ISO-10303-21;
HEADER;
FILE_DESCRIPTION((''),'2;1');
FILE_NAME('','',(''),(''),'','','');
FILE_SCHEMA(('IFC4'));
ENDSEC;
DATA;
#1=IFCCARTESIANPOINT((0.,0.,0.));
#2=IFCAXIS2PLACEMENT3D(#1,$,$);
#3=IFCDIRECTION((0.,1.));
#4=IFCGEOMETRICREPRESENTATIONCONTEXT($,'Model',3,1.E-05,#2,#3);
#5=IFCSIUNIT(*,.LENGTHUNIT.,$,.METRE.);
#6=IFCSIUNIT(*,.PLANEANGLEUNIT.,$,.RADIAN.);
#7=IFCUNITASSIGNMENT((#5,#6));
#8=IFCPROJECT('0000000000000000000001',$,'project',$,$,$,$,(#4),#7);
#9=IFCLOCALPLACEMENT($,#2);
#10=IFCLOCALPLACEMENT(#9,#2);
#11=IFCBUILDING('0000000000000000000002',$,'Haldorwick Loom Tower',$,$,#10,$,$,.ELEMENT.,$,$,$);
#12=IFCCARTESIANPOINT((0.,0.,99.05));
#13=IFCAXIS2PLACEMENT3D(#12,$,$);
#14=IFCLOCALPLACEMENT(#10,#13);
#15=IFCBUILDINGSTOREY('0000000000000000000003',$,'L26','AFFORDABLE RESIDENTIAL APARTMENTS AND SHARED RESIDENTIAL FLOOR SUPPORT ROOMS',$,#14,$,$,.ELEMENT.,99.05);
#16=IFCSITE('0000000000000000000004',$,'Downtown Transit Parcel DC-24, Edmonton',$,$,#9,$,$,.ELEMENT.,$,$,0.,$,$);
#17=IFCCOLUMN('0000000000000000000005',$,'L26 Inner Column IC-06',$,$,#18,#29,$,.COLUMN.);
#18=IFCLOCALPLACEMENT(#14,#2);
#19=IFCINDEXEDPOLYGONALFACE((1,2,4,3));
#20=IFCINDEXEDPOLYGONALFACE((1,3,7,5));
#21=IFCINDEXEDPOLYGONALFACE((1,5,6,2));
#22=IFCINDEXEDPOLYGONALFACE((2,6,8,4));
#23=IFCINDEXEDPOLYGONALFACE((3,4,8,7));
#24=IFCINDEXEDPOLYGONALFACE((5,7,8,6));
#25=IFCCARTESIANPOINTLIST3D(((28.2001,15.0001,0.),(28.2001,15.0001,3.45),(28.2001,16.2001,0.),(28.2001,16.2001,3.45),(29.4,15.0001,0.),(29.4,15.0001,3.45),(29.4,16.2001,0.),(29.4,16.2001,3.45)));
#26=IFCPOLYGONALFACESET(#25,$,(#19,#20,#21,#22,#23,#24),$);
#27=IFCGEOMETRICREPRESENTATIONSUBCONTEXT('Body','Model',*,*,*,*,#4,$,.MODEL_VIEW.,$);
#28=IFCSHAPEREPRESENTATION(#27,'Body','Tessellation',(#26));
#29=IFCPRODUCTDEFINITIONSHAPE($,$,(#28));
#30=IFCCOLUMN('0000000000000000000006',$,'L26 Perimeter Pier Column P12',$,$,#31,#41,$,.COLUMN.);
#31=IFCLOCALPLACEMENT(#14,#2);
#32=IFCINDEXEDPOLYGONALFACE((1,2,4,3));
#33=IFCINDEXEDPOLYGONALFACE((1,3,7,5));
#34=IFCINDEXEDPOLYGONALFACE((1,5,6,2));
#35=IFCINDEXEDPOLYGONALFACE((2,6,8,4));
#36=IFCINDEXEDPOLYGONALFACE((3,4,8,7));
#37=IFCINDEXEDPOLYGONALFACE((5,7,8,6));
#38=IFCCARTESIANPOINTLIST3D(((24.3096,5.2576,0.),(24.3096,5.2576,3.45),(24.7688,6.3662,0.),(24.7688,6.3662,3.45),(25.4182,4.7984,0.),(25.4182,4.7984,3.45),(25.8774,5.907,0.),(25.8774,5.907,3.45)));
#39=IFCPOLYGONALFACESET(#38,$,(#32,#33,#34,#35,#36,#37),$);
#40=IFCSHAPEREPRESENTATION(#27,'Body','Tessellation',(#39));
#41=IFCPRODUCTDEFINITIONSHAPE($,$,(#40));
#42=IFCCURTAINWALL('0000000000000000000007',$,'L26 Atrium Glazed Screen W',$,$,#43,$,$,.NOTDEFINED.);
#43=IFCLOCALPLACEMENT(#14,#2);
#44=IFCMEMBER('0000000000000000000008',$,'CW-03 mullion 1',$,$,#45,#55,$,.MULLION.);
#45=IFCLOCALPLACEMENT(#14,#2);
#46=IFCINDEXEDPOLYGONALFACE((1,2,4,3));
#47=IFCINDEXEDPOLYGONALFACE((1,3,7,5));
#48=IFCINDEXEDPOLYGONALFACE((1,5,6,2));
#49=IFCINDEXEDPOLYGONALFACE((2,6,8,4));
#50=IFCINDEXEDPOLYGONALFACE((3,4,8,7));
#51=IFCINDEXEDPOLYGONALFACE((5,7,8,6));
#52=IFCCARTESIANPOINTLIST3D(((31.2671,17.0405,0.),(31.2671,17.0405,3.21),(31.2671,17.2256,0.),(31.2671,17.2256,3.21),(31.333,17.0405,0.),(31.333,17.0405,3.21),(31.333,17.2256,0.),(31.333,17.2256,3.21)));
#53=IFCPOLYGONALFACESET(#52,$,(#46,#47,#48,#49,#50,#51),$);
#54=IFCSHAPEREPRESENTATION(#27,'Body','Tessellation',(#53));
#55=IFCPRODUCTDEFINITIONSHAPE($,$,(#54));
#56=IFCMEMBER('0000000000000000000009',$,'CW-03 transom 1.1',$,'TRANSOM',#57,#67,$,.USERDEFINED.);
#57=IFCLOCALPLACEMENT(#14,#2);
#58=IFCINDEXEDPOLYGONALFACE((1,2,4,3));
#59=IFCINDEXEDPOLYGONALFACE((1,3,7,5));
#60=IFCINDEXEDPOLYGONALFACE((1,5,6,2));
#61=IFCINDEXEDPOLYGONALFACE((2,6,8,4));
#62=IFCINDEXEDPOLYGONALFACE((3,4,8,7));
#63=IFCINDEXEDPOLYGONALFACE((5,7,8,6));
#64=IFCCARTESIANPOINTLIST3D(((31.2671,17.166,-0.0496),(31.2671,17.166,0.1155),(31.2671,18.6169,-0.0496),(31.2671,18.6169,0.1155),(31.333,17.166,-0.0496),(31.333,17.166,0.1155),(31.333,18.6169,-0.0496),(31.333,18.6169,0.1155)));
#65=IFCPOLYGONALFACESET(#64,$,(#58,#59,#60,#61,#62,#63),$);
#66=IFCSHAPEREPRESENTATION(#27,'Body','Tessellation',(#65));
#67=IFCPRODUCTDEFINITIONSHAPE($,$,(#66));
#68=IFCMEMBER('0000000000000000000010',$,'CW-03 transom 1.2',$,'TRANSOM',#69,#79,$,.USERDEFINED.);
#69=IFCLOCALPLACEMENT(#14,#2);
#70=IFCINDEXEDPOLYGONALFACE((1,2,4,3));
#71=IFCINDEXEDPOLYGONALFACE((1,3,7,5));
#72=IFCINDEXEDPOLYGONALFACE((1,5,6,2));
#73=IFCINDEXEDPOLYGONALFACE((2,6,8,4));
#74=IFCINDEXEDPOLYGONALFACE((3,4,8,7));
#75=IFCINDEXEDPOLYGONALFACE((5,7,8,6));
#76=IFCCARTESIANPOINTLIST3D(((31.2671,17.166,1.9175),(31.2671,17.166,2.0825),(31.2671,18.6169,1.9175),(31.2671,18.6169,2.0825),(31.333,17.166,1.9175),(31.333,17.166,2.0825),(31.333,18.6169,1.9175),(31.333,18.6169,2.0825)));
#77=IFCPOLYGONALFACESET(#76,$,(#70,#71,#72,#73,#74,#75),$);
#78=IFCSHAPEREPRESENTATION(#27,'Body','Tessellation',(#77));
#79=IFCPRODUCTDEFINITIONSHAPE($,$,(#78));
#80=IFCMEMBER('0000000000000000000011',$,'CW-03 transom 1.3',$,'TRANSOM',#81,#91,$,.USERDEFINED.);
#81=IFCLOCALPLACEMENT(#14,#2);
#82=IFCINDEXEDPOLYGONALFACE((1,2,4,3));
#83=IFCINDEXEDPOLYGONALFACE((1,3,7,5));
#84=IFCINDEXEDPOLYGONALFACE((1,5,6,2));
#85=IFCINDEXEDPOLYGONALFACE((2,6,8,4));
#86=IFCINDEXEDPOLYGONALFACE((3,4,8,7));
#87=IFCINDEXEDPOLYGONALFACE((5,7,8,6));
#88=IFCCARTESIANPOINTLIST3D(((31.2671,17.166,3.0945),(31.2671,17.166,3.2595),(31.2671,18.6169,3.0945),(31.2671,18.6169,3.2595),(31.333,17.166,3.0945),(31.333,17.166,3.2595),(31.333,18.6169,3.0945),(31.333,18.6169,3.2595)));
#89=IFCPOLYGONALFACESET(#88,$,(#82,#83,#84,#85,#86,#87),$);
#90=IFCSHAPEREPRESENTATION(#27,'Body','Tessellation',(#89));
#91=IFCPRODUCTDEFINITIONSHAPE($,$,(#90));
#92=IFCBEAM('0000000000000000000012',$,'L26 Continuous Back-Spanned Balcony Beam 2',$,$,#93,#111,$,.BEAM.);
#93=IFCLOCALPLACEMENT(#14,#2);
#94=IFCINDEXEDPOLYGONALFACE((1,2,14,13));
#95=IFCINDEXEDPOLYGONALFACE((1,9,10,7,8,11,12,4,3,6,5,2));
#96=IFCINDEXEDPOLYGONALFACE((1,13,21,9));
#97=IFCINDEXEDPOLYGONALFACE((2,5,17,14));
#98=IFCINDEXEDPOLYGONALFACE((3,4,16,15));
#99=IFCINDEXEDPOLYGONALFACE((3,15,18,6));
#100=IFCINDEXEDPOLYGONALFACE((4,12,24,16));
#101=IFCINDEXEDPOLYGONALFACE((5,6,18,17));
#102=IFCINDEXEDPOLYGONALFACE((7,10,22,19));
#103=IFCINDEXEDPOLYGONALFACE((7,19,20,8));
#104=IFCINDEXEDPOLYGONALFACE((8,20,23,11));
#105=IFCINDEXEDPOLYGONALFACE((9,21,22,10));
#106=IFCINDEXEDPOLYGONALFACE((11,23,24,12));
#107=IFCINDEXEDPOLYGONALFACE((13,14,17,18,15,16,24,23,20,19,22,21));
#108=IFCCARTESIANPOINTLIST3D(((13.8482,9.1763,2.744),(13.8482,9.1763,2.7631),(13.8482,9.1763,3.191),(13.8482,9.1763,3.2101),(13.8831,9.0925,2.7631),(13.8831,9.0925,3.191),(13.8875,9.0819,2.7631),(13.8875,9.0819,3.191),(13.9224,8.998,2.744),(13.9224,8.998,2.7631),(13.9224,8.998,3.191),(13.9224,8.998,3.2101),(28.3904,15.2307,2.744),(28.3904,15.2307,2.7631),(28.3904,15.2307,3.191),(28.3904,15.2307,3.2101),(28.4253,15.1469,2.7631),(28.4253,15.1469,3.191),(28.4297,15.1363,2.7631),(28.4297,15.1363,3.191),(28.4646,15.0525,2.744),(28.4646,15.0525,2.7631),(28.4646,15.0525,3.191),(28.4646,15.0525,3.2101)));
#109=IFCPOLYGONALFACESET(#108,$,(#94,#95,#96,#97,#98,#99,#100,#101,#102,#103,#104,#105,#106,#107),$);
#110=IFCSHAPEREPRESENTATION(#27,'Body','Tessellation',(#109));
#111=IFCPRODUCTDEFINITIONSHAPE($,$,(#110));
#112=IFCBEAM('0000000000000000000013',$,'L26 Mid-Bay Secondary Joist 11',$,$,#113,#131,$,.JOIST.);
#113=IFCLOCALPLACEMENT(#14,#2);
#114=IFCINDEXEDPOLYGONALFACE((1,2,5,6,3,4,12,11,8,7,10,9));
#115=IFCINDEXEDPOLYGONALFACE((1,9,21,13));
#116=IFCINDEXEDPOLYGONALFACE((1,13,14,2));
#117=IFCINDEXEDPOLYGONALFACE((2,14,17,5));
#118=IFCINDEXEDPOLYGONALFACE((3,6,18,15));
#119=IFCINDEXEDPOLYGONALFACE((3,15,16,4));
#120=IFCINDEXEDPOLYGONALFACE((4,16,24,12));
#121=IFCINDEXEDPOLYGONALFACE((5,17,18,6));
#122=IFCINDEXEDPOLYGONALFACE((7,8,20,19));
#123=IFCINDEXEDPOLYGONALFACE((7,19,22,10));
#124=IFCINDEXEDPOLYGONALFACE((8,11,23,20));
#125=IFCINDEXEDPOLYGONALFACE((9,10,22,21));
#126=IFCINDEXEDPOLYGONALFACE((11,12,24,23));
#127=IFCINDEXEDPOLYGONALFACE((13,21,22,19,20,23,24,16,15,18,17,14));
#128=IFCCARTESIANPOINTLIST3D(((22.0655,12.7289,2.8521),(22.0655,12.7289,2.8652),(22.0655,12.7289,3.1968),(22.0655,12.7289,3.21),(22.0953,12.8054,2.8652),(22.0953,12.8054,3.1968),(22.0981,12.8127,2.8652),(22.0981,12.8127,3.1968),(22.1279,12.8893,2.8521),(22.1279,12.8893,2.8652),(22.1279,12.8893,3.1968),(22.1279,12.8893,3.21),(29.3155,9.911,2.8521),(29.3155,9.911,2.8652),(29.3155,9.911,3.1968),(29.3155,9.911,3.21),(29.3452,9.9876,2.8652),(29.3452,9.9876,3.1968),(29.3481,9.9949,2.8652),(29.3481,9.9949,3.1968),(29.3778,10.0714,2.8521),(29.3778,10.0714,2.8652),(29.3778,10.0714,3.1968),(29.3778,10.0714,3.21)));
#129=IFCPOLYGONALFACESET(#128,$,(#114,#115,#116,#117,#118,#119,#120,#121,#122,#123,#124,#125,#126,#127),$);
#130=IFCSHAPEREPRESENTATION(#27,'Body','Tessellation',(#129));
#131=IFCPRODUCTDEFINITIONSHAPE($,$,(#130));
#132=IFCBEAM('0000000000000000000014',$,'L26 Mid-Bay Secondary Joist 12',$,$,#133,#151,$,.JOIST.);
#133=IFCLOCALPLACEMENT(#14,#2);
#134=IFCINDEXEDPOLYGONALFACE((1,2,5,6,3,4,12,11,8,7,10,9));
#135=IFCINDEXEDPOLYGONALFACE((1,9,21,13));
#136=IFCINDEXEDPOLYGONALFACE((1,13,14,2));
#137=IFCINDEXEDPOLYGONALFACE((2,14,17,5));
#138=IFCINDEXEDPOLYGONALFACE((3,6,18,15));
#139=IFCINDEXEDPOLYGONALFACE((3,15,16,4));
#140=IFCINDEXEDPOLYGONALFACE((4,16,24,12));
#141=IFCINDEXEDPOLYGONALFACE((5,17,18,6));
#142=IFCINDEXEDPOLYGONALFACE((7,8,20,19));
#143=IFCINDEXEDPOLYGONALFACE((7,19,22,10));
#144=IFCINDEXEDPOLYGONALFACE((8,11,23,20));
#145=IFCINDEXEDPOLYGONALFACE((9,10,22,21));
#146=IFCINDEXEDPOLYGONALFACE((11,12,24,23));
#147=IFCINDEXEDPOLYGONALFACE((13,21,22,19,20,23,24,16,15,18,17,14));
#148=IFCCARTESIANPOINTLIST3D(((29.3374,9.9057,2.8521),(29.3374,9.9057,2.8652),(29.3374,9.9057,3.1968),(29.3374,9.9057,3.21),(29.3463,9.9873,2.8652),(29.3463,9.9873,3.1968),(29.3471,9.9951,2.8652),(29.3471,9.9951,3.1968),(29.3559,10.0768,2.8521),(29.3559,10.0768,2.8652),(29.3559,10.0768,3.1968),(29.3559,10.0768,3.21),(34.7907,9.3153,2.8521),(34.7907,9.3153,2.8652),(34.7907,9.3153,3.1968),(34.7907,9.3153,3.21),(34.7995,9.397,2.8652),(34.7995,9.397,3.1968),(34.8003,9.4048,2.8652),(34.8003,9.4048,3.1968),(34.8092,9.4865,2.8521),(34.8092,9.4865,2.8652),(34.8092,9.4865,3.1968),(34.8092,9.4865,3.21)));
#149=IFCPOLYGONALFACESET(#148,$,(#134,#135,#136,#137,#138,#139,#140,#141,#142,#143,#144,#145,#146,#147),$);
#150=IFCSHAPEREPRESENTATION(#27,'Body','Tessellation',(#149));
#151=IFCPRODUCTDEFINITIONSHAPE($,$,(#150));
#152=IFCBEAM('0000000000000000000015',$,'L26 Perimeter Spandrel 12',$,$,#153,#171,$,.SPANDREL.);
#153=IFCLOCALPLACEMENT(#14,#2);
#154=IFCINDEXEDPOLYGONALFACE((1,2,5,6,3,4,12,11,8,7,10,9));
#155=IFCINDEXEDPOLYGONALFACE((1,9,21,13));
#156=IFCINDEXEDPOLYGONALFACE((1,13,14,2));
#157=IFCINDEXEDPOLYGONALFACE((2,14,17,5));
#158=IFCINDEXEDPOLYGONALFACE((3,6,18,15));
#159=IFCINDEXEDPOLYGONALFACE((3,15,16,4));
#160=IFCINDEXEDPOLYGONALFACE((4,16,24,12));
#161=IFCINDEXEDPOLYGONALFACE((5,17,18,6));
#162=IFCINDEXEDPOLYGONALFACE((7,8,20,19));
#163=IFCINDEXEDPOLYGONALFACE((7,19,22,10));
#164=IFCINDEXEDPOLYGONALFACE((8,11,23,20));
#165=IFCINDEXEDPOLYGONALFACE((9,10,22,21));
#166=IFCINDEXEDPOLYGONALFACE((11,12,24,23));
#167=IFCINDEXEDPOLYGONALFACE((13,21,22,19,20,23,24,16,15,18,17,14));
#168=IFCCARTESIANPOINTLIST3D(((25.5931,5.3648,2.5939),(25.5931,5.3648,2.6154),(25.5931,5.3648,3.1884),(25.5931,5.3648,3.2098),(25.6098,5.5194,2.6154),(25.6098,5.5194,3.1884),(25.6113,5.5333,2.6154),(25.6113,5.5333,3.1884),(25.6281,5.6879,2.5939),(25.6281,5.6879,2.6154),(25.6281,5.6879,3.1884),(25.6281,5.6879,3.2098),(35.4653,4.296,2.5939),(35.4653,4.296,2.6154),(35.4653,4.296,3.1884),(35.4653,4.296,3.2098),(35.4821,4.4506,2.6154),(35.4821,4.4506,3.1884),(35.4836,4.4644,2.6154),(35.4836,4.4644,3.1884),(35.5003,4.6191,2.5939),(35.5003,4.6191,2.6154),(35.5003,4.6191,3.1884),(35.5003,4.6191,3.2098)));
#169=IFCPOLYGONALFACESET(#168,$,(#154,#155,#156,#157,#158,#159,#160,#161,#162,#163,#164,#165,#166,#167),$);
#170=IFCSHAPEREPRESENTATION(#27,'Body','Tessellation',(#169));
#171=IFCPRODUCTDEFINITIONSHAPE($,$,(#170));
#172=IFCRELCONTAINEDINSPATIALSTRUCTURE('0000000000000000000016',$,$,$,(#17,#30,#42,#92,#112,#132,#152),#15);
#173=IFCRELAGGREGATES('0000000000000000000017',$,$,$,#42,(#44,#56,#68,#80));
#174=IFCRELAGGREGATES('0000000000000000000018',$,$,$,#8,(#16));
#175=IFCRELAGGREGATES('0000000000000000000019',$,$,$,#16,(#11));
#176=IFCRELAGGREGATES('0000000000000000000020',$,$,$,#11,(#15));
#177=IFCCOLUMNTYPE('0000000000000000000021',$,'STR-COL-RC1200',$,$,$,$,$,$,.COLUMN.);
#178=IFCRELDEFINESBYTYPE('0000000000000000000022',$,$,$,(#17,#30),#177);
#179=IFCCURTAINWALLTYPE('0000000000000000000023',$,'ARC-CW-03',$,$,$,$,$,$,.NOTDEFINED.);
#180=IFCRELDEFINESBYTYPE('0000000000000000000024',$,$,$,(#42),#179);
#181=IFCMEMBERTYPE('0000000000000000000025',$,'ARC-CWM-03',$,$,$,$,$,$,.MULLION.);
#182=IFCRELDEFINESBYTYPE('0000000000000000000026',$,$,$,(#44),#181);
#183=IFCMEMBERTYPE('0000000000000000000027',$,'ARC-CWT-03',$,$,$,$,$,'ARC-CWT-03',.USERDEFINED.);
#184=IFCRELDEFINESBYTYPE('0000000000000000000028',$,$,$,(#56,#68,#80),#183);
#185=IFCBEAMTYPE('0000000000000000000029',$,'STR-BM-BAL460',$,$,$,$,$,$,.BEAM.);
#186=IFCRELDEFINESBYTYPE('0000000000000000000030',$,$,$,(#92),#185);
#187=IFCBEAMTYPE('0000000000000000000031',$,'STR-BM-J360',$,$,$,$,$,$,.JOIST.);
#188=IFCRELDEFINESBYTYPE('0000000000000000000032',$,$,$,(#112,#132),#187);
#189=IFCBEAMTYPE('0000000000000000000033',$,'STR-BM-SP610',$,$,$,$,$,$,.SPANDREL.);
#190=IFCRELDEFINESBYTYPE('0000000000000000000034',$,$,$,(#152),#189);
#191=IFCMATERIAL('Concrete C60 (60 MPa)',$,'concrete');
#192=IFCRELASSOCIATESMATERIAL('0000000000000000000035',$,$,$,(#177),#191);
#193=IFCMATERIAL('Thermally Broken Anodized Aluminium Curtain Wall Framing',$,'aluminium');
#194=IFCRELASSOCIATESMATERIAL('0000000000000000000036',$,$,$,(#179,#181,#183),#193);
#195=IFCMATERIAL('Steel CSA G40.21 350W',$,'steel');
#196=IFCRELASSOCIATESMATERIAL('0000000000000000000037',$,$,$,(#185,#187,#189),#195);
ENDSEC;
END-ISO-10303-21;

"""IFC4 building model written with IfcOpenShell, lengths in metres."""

from ifc_helpers import new_model, si_unit, direction, frame, origin, origin_2d, place, context, subcontext, project, spatial, rectangle, i_section, extrude, material, material_profile, profile_set, type_object, element, aggregate, save


model = new_model("IFC4")

# Units and contexts
model_context = context("Model", 3, precision=1e-05, world=origin(), true_north=direction((0.0, 1.0)))
body_context = subcontext(model_context, "Body", "Model", "MODEL_VIEW")
ifc_project = project(units=[si_unit("LENGTHUNIT", "METRE"), si_unit("PLANEANGLEUNIT", "RADIAN")], contexts=[model_context])

# Site, building, storey
site_placement = place(None, origin())
site = spatial("IfcSite", under=ifc_project, at=site_placement, Name="Downtown Transit Parcel DC-24, Edmonton", CompositionType="ELEMENT", RefElevation=0.0)
building_placement = place(site_placement, origin())
building = spatial("IfcBuilding", under=site, at=building_placement, Name="Haldorwick Loom Tower", CompositionType="ELEMENT")
storey_placement = place(building_placement, frame((0.0, 0.0, 99.05)))
storey = spatial("IfcBuildingStorey", under=building, at=storey_placement, Name="L26", Description="AFFORDABLE RESIDENTIAL APARTMENTS AND SHARED RESIDENTIAL FLOOR SUPPORT ROOMS", CompositionType="ELEMENT", Elevation=99.05)

# Columns
ifc_material_1 = material(Name="Concrete C60 (60 MPa)", Category="concrete")
ifc_material_profile_1 = material_profile(ifc_material_1, rectangle(XDim=1.2, YDim=1.2, at=origin_2d()), Name="RC1200X1200", Category="concrete")
ifc_profile_set_1 = profile_set([ifc_material_profile_1], Name="Concrete C60 (60 MPa)")
column_type = type_object("IfcColumnType", Name="STR-COL-RC1200", PredefinedType="COLUMN", material=ifc_profile_set_1)
for number, where, z_axis, x_axis, name in (
    (1, (28.8, 15.6001, 0.0), (0.0, 0.0, 1.0), (1.0, 0.0, 0.0), "L26 Inner Column IC-06"),
    (2, (25.0935, 5.5823, 0.0), (0.0, 0.0, 1.0), (-0.382683, -0.92388, 0.0), "L26 Perimeter Pier Column P12"),
):
    element("IfcColumn", number, at=place(storey_placement, frame(where, z_axis=z_axis, x_axis=x_axis)), inside=storey, type_object=column_type, Name=name, PredefinedType="COLUMN", context=body_context, shape_type="SweptSolid", body=[
        extrude(rectangle(XDim=1.2, YDim=1.2, at=origin_2d()), origin(), (0.0, 0.0, 1.0), 3.45),
    ])

# Curtain wall, members
ifc_material_2 = material(Name="Thermally Broken Anodized Aluminium Curtain Wall Framing", Category="aluminium")
curtain_wall_type = type_object("IfcCurtainWallType", Name="ARC-CW-03", PredefinedType="NOTDEFINED", material=ifc_material_2)
curtain_wall_placement = place(storey_placement, origin())
curtain_wall = element("IfcCurtainWall", 3, at=curtain_wall_placement, inside=storey, type_object=curtain_wall_type, Name="L26 Atrium Glazed Screen W", PredefinedType="NOTDEFINED")
ifc_material_profile_2 = material_profile(ifc_material_2, rectangle(XDim=0.0659, YDim=0.1851, at=origin_2d()), Name="ALU_MUL_66X185", Category="aluminium")
ifc_profile_set_2 = profile_set([ifc_material_profile_2], Name="Thermally Broken Anodized Aluminium Curtain Wall Framing")
member_type_1 = type_object("IfcMemberType", Name="ARC-CWM-03", PredefinedType="MULLION", material=ifc_profile_set_2)
member_1_placement = place(storey_placement, frame((31.3, 17.1331, 0.0), z_axis=(0.0, 0.0, 1.0), x_axis=(-1.0, 0.0, 0.0)))
member_1 = element("IfcMember", 4, at=member_1_placement, type_object=member_type_1, Name="CW-03 mullion 1", PredefinedType="MULLION", context=body_context, shape_type="SweptSolid", body=[
    extrude(rectangle(XDim=0.0659, YDim=0.1851, at=origin_2d()), origin(), (0.0, 0.0, 1.0), 3.21),
])
ifc_material_profile_3 = material_profile(ifc_material_2, rectangle(XDim=0.0659, YDim=0.165, at=origin_2d()), Name="ALU_TRN_66X165", Category="aluminium")
ifc_profile_set_3 = profile_set([ifc_material_profile_3], Name="Thermally Broken Anodized Aluminium Curtain Wall Framing")
member_type_2 = type_object("IfcMemberType", Name="ARC-CWT-03", ElementType="ARC-CWT-03", PredefinedType="USERDEFINED", material=ifc_profile_set_3)
member_2_placement = place(storey_placement, frame((31.3, 17.166, 0.033), z_axis=(0.0, 1.0, 0.0), x_axis=(-1.0, 0.0, 0.0)))
member_2 = element("IfcMember", 5, at=member_2_placement, type_object=member_type_2, Name="CW-03 transom 1.1", ObjectType="TRANSOM", PredefinedType="USERDEFINED", context=body_context, shape_type="SweptSolid", body=[
    extrude(rectangle(XDim=0.0659, YDim=0.165, at=origin_2d()), origin(), (0.0, 0.0, 1.0), 1.4509),
])
member_3_placement = place(storey_placement, frame((31.3, 17.166, 2.0), z_axis=(0.0, 1.0, 0.0), x_axis=(-1.0, 0.0, 0.0)))
member_3 = element("IfcMember", 6, at=member_3_placement, type_object=member_type_2, Name="CW-03 transom 1.2", ObjectType="TRANSOM", PredefinedType="USERDEFINED", context=body_context, shape_type="SweptSolid", body=[
    extrude(rectangle(XDim=0.0659, YDim=0.165, at=origin_2d()), origin(), (0.0, 0.0, 1.0), 1.4509),
])
member_4_placement = place(storey_placement, frame((31.3, 17.166, 3.177), z_axis=(0.0, 1.0, 0.0), x_axis=(-1.0, 0.0, 0.0)))
member_4 = element("IfcMember", 7, at=member_4_placement, type_object=member_type_2, Name="CW-03 transom 1.3", ObjectType="TRANSOM", PredefinedType="USERDEFINED", context=body_context, shape_type="SweptSolid", body=[
    extrude(rectangle(XDim=0.0659, YDim=0.165, at=origin_2d()), origin(), (0.0, 0.0, 1.0), 1.4509),
])

# Beams
ifc_material_3 = material(Name="Steel CSA G40.21 350W", Category="steel")
ifc_material_profile_4 = material_profile(ifc_material_3, i_section(OverallWidth=0.1931, OverallDepth=0.4661, WebThickness=0.0115, FlangeThickness=0.019, at=origin_2d()), Name="W460X97", Category="steel")
ifc_profile_set_4 = profile_set([ifc_material_profile_4], Name="Steel CSA G40.21 350W")
beam_type_1 = type_object("IfcBeamType", Name="STR-BM-BAL460", PredefinedType="BEAM", material=ifc_profile_set_4)
beam_1_placement = place(storey_placement, frame((28.4275, 15.1416, 2.9771), z_axis=(-0.923186, -0.384355, 0.0), x_axis=(0.384355, -0.923186, 0.0)))
element("IfcBeam", 8, at=beam_1_placement, inside=storey, type_object=beam_type_1, Name="L26 Continuous Back-Spanned Balcony Beam 2", PredefinedType="BEAM", context=body_context, shape_type="SweptSolid", body=[
    extrude(i_section(OverallWidth=0.1931, OverallDepth=0.4661, WebThickness=0.0115, FlangeThickness=0.019, at=origin_2d()), origin(), (0.0, 0.0, 1.0), 15.7522),
])
ifc_material_profile_5 = material_profile(ifc_material_3, i_section(OverallWidth=0.1721, OverallDepth=0.3579, WebThickness=0.0078, FlangeThickness=0.0132, at=origin_2d()), Name="W360X57", Category="steel")
ifc_profile_set_5 = profile_set([ifc_material_profile_5], Name="Steel CSA G40.21 350W")
beam_type_2 = type_object("IfcBeamType", Name="STR-BM-J360", PredefinedType="JOIST", material=ifc_profile_set_5)
beam_2_placement = place(storey_placement, frame((22.0967, 12.8091, 3.031), z_axis=(0.932073, -0.362271, 0.0), x_axis=(0.362271, 0.932073, 0.0)))
element("IfcBeam", 9, at=beam_2_placement, inside=storey, type_object=beam_type_2, Name="L26 Mid-Bay Secondary Joist 11", PredefinedType="JOIST", context=body_context, shape_type="SweptSolid", body=[
    extrude(i_section(OverallWidth=0.1721, OverallDepth=0.3579, WebThickness=0.0078, FlangeThickness=0.0132, at=origin_2d()), origin(), (0.0, 0.0, 1.0), 7.7783),
])
beam_3_placement = place(storey_placement, frame((29.3467, 9.9912, 3.031), z_axis=(0.994192, -0.107622, 0.0), x_axis=(0.107622, 0.994192, 0.0)))
element("IfcBeam", 10, at=beam_3_placement, inside=storey, type_object=beam_type_2, Name="L26 Mid-Bay Secondary Joist 12", PredefinedType="JOIST", context=body_context, shape_type="SweptSolid", body=[
    extrude(i_section(OverallWidth=0.1721, OverallDepth=0.3579, WebThickness=0.0078, FlangeThickness=0.0132, at=origin_2d()), origin(), (0.0, 0.0, 1.0), 5.4851),
])
ifc_material_profile_6 = material_profile(ifc_material_3, i_section(OverallWidth=0.325, OverallDepth=0.616, WebThickness=0.0139, FlangeThickness=0.0215, at=origin_2d()), Name="W610X174", Category="steel")
ifc_profile_set_6 = profile_set([ifc_material_profile_6], Name="Steel CSA G40.21 350W")
beam_type_3 = type_object("IfcBeamType", Name="STR-BM-SP610", PredefinedType="SPANDREL", material=ifc_profile_set_6)
beam_4_placement = place(storey_placement, frame((25.6106, 5.5264, 2.9019), z_axis=(0.99419, -0.107638, 0.0), x_axis=(0.107638, 0.99419, 0.0)))
element("IfcBeam", 11, at=beam_4_placement, inside=storey, type_object=beam_type_3, Name="L26 Perimeter Spandrel 12", PredefinedType="SPANDREL", context=body_context, shape_type="SweptSolid", body=[
    extrude(i_section(OverallWidth=0.325, OverallDepth=0.616, WebThickness=0.0139, FlangeThickness=0.0215, at=origin_2d()), origin(), (0.0, 0.0, 1.0), 9.9299),
])

aggregate(curtain_wall, [member_1, member_2, member_3, member_4])

save(model, "model.ifc")
